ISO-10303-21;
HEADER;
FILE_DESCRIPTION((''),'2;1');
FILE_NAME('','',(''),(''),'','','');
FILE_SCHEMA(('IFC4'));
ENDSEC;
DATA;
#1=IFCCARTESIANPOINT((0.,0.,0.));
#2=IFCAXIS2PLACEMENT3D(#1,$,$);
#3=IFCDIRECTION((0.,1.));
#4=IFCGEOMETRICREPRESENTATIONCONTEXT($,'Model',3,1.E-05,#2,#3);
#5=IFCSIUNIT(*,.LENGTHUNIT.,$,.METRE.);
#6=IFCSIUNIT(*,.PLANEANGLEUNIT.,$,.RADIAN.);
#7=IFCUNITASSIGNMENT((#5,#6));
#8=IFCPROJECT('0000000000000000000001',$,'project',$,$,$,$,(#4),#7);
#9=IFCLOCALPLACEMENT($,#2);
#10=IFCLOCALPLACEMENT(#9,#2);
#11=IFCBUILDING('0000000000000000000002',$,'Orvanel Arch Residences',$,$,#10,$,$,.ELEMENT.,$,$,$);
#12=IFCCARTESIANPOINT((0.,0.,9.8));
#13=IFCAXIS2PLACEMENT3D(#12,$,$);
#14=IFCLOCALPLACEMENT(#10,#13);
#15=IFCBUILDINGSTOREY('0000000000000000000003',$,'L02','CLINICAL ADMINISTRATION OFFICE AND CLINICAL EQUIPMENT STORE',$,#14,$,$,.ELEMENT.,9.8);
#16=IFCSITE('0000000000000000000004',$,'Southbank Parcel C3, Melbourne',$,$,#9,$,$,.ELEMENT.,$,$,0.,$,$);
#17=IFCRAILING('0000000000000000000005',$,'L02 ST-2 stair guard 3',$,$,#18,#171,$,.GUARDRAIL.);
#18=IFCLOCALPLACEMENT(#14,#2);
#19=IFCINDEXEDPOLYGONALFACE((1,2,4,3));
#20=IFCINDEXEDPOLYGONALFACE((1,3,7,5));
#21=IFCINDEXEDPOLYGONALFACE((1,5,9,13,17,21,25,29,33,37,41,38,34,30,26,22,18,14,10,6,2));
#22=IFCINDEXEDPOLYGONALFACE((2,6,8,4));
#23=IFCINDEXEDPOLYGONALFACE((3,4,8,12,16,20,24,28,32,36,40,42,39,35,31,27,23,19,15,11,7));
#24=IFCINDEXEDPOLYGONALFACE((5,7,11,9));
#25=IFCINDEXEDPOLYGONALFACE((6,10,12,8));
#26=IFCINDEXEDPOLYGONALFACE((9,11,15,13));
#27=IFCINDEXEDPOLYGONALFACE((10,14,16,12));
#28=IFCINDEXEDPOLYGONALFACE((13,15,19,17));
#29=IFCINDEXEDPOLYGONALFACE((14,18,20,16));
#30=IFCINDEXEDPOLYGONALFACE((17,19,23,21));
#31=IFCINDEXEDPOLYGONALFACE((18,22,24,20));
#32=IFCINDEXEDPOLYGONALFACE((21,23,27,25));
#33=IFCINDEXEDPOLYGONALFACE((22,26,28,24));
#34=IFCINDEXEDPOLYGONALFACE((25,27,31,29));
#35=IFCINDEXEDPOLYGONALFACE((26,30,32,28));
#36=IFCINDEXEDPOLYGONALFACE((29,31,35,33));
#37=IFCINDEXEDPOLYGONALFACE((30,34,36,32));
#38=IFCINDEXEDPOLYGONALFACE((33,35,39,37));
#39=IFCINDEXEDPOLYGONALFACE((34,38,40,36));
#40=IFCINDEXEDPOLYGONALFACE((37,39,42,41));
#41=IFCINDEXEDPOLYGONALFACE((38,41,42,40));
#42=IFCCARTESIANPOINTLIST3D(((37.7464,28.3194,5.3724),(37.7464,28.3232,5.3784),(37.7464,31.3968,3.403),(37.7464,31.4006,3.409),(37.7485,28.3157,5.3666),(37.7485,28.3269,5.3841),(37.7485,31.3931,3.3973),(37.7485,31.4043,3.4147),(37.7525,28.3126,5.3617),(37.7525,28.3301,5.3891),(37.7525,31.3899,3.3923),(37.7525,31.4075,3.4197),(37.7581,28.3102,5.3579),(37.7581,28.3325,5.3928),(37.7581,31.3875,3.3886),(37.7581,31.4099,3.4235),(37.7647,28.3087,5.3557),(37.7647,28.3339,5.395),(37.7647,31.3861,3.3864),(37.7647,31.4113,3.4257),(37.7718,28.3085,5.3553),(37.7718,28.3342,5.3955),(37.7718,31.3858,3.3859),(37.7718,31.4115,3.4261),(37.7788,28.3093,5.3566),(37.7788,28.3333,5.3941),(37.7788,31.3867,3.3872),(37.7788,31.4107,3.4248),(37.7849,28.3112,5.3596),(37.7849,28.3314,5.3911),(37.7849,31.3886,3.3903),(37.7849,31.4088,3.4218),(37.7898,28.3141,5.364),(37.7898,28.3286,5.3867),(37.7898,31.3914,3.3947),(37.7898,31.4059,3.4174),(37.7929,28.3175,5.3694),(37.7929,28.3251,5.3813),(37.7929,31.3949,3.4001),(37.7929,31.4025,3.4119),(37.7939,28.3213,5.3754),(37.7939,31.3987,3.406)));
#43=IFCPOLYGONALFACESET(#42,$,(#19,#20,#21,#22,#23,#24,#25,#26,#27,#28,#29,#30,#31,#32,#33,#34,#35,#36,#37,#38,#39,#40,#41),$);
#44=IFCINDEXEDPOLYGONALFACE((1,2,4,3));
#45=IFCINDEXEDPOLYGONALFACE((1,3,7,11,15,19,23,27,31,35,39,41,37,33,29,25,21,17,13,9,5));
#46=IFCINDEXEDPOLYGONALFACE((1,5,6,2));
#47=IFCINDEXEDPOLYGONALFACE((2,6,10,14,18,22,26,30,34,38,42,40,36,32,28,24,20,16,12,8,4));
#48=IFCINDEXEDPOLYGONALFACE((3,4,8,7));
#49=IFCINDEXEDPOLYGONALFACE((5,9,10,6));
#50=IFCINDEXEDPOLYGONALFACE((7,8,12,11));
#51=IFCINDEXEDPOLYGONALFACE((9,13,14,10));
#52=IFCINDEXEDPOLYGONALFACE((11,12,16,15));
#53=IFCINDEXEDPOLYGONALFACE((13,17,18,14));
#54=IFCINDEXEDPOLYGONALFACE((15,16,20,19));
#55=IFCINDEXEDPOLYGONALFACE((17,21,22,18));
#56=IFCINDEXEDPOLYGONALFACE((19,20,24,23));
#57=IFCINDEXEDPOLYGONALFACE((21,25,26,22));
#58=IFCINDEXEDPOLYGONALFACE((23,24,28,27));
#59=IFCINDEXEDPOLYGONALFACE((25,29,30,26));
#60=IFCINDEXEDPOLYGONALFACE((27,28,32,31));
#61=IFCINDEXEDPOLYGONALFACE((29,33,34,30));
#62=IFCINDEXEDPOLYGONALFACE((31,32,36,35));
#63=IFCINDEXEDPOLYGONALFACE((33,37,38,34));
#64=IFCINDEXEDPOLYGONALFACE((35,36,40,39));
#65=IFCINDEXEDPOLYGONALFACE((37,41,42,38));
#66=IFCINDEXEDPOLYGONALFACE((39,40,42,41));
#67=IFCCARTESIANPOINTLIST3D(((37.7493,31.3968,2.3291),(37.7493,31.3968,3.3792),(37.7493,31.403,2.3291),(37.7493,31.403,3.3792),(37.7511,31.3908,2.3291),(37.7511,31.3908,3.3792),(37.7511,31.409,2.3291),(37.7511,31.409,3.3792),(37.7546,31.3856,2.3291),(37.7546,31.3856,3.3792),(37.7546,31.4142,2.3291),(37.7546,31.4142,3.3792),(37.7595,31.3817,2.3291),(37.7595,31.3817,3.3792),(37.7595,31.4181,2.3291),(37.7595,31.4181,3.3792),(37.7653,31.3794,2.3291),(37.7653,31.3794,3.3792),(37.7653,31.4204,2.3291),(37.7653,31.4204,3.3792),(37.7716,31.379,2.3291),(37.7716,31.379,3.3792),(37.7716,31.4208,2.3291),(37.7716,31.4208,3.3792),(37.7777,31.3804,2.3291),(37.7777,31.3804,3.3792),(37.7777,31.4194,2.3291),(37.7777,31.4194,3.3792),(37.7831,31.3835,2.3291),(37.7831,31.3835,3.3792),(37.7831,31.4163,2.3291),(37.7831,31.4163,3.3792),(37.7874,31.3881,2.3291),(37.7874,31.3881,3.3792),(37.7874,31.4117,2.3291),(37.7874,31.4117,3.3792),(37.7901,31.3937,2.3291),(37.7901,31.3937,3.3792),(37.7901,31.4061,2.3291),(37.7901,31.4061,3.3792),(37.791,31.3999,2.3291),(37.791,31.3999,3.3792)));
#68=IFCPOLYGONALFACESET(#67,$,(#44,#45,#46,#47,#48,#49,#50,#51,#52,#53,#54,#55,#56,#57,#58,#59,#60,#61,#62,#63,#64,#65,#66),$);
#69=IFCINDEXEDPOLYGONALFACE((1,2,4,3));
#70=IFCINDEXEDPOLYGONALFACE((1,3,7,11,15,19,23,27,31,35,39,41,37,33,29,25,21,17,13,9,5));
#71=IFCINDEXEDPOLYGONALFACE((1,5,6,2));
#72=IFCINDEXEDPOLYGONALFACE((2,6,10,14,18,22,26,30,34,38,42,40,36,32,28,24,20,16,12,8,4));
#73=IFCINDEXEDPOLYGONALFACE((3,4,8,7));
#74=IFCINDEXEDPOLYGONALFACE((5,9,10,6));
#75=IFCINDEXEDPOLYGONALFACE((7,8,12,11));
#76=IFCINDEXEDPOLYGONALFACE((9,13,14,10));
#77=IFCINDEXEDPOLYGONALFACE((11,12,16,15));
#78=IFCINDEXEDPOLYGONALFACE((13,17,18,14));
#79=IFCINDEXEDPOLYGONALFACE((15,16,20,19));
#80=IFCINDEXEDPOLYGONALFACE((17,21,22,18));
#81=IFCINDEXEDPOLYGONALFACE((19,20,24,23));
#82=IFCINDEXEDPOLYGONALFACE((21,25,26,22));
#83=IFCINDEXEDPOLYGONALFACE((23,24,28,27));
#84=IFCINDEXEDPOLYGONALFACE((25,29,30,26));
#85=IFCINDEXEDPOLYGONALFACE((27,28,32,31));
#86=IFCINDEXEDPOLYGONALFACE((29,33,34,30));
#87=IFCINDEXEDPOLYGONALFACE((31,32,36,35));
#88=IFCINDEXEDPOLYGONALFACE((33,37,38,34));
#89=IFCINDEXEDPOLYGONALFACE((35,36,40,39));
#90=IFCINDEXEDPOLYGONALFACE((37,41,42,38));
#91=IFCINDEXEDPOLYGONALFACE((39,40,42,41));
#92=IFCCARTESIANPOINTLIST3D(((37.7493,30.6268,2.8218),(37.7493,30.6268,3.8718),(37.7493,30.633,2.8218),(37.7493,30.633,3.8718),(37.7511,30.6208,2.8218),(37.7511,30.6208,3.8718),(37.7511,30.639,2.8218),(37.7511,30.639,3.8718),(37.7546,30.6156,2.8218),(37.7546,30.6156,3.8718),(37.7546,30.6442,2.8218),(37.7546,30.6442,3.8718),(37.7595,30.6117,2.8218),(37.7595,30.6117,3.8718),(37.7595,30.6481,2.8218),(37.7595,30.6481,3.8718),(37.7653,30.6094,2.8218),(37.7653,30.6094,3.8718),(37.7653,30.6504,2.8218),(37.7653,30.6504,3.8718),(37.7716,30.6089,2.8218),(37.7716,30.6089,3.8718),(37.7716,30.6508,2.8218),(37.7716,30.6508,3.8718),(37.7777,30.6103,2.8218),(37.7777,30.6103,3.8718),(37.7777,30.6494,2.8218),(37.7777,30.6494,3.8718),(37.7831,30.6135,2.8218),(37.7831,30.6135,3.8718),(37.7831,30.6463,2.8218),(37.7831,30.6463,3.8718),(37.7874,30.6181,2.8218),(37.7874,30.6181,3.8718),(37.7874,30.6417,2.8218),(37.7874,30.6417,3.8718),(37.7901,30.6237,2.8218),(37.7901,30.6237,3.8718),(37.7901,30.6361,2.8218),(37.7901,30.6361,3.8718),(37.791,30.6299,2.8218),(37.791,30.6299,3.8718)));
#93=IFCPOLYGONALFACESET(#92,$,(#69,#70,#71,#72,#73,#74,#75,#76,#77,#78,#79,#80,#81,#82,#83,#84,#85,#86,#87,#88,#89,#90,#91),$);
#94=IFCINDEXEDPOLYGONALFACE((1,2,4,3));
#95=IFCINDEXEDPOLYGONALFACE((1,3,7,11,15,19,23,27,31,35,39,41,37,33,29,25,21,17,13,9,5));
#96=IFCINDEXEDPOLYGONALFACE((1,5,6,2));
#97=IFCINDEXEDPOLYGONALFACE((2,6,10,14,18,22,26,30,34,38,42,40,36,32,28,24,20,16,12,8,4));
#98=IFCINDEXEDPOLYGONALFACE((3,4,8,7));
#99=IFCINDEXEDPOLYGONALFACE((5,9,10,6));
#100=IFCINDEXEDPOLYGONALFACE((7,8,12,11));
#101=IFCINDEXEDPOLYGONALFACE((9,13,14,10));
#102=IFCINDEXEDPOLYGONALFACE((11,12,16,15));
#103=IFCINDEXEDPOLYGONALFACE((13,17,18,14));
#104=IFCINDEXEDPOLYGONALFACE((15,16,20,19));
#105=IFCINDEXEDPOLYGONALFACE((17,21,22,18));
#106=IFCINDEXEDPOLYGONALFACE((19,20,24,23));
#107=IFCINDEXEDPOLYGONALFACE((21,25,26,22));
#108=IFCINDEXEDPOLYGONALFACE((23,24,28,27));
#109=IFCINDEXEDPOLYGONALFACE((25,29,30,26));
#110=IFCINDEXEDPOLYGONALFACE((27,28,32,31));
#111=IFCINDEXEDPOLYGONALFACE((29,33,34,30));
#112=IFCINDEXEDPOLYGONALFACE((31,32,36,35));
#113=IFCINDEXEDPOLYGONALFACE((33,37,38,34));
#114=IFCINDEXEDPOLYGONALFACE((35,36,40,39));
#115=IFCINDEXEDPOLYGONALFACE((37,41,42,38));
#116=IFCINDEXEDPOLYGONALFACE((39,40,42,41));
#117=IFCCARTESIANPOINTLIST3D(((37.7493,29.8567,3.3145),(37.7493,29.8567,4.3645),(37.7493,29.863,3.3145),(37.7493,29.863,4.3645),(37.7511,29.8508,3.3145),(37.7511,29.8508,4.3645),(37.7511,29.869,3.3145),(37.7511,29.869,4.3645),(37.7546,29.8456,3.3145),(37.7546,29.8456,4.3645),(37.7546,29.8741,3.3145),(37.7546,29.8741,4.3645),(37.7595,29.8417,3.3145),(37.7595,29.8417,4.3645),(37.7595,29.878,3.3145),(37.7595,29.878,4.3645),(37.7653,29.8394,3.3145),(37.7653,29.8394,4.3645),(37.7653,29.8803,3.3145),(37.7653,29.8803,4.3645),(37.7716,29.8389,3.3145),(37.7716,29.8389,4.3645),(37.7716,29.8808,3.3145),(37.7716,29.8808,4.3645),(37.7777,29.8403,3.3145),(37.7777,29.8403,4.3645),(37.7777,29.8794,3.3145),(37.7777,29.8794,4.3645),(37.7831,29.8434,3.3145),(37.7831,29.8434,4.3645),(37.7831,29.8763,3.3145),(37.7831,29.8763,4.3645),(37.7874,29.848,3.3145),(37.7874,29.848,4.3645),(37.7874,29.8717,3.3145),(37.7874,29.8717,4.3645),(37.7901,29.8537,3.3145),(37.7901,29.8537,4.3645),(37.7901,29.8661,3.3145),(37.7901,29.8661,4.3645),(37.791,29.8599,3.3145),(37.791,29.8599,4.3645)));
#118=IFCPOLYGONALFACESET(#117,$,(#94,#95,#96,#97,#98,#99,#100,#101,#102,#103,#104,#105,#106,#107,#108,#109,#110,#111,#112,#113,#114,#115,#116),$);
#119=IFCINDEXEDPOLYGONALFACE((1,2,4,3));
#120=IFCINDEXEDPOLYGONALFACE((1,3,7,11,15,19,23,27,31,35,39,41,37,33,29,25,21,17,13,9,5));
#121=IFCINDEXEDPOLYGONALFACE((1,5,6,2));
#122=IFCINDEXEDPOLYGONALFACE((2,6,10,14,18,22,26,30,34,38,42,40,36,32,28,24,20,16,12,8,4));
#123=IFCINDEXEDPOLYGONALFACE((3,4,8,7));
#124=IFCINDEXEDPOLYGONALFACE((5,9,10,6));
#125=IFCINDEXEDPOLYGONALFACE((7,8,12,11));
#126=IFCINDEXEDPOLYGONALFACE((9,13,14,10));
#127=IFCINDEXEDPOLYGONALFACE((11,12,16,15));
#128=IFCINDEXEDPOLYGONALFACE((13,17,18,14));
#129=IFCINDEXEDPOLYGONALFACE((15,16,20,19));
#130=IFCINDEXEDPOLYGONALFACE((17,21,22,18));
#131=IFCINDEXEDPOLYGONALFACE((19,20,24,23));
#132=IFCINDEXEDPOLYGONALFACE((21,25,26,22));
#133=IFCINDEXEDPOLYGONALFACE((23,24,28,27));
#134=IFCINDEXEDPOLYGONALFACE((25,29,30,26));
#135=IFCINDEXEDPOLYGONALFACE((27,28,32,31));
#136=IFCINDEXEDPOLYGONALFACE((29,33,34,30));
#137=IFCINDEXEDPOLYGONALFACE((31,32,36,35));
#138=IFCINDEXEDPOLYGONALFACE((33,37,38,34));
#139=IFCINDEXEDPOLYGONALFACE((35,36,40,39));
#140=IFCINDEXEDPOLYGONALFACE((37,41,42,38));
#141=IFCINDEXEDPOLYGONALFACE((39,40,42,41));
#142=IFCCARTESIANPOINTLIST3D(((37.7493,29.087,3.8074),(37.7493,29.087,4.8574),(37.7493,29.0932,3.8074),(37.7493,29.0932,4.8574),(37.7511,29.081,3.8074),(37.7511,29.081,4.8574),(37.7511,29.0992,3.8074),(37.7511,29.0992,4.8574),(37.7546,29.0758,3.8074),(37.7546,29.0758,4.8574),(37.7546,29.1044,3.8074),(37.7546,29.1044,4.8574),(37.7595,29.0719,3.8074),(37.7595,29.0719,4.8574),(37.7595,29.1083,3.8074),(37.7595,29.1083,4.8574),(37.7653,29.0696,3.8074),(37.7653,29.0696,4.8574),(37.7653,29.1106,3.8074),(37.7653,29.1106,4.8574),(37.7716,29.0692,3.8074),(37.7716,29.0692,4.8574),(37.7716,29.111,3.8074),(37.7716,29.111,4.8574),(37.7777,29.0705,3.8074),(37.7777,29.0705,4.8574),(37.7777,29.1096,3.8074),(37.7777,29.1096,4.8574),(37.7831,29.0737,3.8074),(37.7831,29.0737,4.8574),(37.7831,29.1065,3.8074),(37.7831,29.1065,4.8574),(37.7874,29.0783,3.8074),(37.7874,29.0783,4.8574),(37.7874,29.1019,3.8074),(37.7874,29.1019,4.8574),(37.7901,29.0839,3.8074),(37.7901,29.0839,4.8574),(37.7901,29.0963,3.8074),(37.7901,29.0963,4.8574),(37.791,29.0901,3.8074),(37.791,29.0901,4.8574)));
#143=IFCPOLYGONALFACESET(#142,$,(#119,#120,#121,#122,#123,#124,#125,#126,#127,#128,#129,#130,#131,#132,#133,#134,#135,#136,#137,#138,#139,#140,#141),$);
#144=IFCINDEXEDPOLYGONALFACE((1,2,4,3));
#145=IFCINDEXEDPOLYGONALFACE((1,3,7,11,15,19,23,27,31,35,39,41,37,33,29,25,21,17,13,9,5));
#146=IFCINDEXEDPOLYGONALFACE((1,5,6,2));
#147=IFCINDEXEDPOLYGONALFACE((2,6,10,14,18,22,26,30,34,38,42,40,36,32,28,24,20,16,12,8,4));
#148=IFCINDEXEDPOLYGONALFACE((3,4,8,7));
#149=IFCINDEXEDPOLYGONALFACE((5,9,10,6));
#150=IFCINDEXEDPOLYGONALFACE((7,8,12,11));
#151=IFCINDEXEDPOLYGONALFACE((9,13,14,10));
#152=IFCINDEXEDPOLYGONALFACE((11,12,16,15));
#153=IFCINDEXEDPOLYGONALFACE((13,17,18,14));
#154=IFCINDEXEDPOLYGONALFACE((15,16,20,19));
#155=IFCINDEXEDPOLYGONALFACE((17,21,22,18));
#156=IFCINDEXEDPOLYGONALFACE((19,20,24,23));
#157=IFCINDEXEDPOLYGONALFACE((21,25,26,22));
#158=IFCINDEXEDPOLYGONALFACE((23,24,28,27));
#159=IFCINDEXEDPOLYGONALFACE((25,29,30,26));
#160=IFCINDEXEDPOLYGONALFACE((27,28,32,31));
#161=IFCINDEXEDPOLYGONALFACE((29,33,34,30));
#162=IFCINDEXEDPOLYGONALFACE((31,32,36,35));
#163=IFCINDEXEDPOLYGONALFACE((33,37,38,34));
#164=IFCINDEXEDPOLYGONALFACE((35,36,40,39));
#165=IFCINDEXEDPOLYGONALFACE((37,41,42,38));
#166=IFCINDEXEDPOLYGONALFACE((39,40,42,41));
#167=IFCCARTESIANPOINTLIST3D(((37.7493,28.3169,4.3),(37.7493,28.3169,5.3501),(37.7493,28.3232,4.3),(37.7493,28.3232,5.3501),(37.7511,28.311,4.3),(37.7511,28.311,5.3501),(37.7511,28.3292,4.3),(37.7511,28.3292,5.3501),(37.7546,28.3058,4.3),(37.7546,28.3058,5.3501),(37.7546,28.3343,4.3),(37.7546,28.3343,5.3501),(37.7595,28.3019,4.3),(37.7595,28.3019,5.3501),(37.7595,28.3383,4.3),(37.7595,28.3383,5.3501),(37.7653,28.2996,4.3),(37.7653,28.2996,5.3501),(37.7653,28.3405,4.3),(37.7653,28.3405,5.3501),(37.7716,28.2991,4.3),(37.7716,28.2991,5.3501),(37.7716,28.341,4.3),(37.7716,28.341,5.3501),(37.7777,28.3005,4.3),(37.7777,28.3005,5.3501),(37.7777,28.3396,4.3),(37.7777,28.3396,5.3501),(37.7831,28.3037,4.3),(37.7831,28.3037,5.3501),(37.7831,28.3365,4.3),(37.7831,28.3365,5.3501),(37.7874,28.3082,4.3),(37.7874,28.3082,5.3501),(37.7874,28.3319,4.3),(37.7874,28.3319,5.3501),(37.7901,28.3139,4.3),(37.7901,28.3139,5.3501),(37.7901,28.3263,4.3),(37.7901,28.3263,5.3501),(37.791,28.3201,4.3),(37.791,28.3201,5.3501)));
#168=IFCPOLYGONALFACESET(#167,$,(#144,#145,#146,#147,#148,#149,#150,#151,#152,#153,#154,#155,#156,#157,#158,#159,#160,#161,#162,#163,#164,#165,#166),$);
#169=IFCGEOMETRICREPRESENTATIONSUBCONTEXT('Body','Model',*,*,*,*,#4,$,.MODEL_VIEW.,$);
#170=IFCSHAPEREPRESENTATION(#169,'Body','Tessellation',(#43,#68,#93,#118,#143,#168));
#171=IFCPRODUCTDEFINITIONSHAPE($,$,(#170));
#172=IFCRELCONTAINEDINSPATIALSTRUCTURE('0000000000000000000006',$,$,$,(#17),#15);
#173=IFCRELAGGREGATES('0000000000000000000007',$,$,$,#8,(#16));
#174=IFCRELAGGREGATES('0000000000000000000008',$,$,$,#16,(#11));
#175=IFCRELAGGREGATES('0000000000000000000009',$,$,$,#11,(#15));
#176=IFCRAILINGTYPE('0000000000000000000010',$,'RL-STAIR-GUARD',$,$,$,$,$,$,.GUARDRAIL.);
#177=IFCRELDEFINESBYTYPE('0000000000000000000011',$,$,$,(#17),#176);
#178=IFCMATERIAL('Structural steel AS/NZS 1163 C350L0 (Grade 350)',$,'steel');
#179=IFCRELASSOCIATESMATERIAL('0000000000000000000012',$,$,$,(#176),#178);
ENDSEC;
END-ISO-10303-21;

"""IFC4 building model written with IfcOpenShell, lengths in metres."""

from ifc_helpers import new_model, si_unit, direction, frame, origin, origin_2d, place, context, subcontext, project, spatial, circle, extrude, material, type_object, element, save


model = new_model("IFC4")

# Units and contexts
model_context = context("Model", 3, precision=1e-05, world=origin(), true_north=direction((0.0, 1.0)))
body_context = subcontext(model_context, "Body", "Model", "MODEL_VIEW")
ifc_project = project(units=[si_unit("LENGTHUNIT", "METRE"), si_unit("PLANEANGLEUNIT", "RADIAN")], contexts=[model_context])

# Site, building, storey
site_placement = place(None, origin())
site = spatial("IfcSite", under=ifc_project, at=site_placement, Name="Southbank Parcel C3, Melbourne", CompositionType="ELEMENT", RefElevation=0.0)
building_placement = place(site_placement, origin())
building = spatial("IfcBuilding", under=site, at=building_placement, Name="Orvanel Arch Residences", CompositionType="ELEMENT")
storey_placement = place(building_placement, frame((0.0, 0.0, 9.8)))
storey = spatial("IfcBuildingStorey", under=building, at=storey_placement, Name="L02", Description="CLINICAL ADMINISTRATION OFFICE AND CLINICAL EQUIPMENT STORE", CompositionType="ELEMENT", Elevation=9.8)

# Railing
ifc_material_1 = material(Name="Structural steel AS/NZS 1163 C350L0 (Grade 350)", Category="steel")
railing_type_1 = type_object("IfcRailingType", Name="RL-STAIR-GUARD", PredefinedType="GUARDRAIL", material=ifc_material_1)
railing_1_placement = place(storey_placement, frame((37.77, 31.3999, 2.3291)))
element("IfcRailing", 1, at=railing_1_placement, inside=storey, type_object=railing_type_1, Name="L02 ST-2 stair guard 3", PredefinedType="GUARDRAIL", context=body_context, shape_type="SweptSolid", body=[
    extrude(circle(Radius=0.0239, at=origin_2d()), frame((0.0, -0.0012, 1.0769), z_axis=(0.0, -0.84229, 0.539025), x_axis=(1.0, 0.0, 0.0)), (0.0, 0.0, 1.0), 3.6536),
    extrude(circle(Radius=0.021, at=origin_2d()), origin(), (0.0, 0.0, 1.0), 1.05),
    extrude(circle(Radius=0.021, at=origin_2d()), frame((0.0, -0.77, 0.4927)), (0.0, 0.0, 1.0), 1.05),
    extrude(circle(Radius=0.021, at=origin_2d()), frame((0.0, -1.54, 0.9854)), (0.0, 0.0, 1.0), 1.05),
    extrude(circle(Radius=0.021, at=origin_2d()), frame((0.0, -2.3098, 1.4783)), (0.0, 0.0, 1.0), 1.05),
    extrude(circle(Radius=0.021, at=origin_2d()), frame((0.0, -3.0798, 1.9709)), (0.0, 0.0, 1.0), 1.05),
])

save(model, "model.ifc")
